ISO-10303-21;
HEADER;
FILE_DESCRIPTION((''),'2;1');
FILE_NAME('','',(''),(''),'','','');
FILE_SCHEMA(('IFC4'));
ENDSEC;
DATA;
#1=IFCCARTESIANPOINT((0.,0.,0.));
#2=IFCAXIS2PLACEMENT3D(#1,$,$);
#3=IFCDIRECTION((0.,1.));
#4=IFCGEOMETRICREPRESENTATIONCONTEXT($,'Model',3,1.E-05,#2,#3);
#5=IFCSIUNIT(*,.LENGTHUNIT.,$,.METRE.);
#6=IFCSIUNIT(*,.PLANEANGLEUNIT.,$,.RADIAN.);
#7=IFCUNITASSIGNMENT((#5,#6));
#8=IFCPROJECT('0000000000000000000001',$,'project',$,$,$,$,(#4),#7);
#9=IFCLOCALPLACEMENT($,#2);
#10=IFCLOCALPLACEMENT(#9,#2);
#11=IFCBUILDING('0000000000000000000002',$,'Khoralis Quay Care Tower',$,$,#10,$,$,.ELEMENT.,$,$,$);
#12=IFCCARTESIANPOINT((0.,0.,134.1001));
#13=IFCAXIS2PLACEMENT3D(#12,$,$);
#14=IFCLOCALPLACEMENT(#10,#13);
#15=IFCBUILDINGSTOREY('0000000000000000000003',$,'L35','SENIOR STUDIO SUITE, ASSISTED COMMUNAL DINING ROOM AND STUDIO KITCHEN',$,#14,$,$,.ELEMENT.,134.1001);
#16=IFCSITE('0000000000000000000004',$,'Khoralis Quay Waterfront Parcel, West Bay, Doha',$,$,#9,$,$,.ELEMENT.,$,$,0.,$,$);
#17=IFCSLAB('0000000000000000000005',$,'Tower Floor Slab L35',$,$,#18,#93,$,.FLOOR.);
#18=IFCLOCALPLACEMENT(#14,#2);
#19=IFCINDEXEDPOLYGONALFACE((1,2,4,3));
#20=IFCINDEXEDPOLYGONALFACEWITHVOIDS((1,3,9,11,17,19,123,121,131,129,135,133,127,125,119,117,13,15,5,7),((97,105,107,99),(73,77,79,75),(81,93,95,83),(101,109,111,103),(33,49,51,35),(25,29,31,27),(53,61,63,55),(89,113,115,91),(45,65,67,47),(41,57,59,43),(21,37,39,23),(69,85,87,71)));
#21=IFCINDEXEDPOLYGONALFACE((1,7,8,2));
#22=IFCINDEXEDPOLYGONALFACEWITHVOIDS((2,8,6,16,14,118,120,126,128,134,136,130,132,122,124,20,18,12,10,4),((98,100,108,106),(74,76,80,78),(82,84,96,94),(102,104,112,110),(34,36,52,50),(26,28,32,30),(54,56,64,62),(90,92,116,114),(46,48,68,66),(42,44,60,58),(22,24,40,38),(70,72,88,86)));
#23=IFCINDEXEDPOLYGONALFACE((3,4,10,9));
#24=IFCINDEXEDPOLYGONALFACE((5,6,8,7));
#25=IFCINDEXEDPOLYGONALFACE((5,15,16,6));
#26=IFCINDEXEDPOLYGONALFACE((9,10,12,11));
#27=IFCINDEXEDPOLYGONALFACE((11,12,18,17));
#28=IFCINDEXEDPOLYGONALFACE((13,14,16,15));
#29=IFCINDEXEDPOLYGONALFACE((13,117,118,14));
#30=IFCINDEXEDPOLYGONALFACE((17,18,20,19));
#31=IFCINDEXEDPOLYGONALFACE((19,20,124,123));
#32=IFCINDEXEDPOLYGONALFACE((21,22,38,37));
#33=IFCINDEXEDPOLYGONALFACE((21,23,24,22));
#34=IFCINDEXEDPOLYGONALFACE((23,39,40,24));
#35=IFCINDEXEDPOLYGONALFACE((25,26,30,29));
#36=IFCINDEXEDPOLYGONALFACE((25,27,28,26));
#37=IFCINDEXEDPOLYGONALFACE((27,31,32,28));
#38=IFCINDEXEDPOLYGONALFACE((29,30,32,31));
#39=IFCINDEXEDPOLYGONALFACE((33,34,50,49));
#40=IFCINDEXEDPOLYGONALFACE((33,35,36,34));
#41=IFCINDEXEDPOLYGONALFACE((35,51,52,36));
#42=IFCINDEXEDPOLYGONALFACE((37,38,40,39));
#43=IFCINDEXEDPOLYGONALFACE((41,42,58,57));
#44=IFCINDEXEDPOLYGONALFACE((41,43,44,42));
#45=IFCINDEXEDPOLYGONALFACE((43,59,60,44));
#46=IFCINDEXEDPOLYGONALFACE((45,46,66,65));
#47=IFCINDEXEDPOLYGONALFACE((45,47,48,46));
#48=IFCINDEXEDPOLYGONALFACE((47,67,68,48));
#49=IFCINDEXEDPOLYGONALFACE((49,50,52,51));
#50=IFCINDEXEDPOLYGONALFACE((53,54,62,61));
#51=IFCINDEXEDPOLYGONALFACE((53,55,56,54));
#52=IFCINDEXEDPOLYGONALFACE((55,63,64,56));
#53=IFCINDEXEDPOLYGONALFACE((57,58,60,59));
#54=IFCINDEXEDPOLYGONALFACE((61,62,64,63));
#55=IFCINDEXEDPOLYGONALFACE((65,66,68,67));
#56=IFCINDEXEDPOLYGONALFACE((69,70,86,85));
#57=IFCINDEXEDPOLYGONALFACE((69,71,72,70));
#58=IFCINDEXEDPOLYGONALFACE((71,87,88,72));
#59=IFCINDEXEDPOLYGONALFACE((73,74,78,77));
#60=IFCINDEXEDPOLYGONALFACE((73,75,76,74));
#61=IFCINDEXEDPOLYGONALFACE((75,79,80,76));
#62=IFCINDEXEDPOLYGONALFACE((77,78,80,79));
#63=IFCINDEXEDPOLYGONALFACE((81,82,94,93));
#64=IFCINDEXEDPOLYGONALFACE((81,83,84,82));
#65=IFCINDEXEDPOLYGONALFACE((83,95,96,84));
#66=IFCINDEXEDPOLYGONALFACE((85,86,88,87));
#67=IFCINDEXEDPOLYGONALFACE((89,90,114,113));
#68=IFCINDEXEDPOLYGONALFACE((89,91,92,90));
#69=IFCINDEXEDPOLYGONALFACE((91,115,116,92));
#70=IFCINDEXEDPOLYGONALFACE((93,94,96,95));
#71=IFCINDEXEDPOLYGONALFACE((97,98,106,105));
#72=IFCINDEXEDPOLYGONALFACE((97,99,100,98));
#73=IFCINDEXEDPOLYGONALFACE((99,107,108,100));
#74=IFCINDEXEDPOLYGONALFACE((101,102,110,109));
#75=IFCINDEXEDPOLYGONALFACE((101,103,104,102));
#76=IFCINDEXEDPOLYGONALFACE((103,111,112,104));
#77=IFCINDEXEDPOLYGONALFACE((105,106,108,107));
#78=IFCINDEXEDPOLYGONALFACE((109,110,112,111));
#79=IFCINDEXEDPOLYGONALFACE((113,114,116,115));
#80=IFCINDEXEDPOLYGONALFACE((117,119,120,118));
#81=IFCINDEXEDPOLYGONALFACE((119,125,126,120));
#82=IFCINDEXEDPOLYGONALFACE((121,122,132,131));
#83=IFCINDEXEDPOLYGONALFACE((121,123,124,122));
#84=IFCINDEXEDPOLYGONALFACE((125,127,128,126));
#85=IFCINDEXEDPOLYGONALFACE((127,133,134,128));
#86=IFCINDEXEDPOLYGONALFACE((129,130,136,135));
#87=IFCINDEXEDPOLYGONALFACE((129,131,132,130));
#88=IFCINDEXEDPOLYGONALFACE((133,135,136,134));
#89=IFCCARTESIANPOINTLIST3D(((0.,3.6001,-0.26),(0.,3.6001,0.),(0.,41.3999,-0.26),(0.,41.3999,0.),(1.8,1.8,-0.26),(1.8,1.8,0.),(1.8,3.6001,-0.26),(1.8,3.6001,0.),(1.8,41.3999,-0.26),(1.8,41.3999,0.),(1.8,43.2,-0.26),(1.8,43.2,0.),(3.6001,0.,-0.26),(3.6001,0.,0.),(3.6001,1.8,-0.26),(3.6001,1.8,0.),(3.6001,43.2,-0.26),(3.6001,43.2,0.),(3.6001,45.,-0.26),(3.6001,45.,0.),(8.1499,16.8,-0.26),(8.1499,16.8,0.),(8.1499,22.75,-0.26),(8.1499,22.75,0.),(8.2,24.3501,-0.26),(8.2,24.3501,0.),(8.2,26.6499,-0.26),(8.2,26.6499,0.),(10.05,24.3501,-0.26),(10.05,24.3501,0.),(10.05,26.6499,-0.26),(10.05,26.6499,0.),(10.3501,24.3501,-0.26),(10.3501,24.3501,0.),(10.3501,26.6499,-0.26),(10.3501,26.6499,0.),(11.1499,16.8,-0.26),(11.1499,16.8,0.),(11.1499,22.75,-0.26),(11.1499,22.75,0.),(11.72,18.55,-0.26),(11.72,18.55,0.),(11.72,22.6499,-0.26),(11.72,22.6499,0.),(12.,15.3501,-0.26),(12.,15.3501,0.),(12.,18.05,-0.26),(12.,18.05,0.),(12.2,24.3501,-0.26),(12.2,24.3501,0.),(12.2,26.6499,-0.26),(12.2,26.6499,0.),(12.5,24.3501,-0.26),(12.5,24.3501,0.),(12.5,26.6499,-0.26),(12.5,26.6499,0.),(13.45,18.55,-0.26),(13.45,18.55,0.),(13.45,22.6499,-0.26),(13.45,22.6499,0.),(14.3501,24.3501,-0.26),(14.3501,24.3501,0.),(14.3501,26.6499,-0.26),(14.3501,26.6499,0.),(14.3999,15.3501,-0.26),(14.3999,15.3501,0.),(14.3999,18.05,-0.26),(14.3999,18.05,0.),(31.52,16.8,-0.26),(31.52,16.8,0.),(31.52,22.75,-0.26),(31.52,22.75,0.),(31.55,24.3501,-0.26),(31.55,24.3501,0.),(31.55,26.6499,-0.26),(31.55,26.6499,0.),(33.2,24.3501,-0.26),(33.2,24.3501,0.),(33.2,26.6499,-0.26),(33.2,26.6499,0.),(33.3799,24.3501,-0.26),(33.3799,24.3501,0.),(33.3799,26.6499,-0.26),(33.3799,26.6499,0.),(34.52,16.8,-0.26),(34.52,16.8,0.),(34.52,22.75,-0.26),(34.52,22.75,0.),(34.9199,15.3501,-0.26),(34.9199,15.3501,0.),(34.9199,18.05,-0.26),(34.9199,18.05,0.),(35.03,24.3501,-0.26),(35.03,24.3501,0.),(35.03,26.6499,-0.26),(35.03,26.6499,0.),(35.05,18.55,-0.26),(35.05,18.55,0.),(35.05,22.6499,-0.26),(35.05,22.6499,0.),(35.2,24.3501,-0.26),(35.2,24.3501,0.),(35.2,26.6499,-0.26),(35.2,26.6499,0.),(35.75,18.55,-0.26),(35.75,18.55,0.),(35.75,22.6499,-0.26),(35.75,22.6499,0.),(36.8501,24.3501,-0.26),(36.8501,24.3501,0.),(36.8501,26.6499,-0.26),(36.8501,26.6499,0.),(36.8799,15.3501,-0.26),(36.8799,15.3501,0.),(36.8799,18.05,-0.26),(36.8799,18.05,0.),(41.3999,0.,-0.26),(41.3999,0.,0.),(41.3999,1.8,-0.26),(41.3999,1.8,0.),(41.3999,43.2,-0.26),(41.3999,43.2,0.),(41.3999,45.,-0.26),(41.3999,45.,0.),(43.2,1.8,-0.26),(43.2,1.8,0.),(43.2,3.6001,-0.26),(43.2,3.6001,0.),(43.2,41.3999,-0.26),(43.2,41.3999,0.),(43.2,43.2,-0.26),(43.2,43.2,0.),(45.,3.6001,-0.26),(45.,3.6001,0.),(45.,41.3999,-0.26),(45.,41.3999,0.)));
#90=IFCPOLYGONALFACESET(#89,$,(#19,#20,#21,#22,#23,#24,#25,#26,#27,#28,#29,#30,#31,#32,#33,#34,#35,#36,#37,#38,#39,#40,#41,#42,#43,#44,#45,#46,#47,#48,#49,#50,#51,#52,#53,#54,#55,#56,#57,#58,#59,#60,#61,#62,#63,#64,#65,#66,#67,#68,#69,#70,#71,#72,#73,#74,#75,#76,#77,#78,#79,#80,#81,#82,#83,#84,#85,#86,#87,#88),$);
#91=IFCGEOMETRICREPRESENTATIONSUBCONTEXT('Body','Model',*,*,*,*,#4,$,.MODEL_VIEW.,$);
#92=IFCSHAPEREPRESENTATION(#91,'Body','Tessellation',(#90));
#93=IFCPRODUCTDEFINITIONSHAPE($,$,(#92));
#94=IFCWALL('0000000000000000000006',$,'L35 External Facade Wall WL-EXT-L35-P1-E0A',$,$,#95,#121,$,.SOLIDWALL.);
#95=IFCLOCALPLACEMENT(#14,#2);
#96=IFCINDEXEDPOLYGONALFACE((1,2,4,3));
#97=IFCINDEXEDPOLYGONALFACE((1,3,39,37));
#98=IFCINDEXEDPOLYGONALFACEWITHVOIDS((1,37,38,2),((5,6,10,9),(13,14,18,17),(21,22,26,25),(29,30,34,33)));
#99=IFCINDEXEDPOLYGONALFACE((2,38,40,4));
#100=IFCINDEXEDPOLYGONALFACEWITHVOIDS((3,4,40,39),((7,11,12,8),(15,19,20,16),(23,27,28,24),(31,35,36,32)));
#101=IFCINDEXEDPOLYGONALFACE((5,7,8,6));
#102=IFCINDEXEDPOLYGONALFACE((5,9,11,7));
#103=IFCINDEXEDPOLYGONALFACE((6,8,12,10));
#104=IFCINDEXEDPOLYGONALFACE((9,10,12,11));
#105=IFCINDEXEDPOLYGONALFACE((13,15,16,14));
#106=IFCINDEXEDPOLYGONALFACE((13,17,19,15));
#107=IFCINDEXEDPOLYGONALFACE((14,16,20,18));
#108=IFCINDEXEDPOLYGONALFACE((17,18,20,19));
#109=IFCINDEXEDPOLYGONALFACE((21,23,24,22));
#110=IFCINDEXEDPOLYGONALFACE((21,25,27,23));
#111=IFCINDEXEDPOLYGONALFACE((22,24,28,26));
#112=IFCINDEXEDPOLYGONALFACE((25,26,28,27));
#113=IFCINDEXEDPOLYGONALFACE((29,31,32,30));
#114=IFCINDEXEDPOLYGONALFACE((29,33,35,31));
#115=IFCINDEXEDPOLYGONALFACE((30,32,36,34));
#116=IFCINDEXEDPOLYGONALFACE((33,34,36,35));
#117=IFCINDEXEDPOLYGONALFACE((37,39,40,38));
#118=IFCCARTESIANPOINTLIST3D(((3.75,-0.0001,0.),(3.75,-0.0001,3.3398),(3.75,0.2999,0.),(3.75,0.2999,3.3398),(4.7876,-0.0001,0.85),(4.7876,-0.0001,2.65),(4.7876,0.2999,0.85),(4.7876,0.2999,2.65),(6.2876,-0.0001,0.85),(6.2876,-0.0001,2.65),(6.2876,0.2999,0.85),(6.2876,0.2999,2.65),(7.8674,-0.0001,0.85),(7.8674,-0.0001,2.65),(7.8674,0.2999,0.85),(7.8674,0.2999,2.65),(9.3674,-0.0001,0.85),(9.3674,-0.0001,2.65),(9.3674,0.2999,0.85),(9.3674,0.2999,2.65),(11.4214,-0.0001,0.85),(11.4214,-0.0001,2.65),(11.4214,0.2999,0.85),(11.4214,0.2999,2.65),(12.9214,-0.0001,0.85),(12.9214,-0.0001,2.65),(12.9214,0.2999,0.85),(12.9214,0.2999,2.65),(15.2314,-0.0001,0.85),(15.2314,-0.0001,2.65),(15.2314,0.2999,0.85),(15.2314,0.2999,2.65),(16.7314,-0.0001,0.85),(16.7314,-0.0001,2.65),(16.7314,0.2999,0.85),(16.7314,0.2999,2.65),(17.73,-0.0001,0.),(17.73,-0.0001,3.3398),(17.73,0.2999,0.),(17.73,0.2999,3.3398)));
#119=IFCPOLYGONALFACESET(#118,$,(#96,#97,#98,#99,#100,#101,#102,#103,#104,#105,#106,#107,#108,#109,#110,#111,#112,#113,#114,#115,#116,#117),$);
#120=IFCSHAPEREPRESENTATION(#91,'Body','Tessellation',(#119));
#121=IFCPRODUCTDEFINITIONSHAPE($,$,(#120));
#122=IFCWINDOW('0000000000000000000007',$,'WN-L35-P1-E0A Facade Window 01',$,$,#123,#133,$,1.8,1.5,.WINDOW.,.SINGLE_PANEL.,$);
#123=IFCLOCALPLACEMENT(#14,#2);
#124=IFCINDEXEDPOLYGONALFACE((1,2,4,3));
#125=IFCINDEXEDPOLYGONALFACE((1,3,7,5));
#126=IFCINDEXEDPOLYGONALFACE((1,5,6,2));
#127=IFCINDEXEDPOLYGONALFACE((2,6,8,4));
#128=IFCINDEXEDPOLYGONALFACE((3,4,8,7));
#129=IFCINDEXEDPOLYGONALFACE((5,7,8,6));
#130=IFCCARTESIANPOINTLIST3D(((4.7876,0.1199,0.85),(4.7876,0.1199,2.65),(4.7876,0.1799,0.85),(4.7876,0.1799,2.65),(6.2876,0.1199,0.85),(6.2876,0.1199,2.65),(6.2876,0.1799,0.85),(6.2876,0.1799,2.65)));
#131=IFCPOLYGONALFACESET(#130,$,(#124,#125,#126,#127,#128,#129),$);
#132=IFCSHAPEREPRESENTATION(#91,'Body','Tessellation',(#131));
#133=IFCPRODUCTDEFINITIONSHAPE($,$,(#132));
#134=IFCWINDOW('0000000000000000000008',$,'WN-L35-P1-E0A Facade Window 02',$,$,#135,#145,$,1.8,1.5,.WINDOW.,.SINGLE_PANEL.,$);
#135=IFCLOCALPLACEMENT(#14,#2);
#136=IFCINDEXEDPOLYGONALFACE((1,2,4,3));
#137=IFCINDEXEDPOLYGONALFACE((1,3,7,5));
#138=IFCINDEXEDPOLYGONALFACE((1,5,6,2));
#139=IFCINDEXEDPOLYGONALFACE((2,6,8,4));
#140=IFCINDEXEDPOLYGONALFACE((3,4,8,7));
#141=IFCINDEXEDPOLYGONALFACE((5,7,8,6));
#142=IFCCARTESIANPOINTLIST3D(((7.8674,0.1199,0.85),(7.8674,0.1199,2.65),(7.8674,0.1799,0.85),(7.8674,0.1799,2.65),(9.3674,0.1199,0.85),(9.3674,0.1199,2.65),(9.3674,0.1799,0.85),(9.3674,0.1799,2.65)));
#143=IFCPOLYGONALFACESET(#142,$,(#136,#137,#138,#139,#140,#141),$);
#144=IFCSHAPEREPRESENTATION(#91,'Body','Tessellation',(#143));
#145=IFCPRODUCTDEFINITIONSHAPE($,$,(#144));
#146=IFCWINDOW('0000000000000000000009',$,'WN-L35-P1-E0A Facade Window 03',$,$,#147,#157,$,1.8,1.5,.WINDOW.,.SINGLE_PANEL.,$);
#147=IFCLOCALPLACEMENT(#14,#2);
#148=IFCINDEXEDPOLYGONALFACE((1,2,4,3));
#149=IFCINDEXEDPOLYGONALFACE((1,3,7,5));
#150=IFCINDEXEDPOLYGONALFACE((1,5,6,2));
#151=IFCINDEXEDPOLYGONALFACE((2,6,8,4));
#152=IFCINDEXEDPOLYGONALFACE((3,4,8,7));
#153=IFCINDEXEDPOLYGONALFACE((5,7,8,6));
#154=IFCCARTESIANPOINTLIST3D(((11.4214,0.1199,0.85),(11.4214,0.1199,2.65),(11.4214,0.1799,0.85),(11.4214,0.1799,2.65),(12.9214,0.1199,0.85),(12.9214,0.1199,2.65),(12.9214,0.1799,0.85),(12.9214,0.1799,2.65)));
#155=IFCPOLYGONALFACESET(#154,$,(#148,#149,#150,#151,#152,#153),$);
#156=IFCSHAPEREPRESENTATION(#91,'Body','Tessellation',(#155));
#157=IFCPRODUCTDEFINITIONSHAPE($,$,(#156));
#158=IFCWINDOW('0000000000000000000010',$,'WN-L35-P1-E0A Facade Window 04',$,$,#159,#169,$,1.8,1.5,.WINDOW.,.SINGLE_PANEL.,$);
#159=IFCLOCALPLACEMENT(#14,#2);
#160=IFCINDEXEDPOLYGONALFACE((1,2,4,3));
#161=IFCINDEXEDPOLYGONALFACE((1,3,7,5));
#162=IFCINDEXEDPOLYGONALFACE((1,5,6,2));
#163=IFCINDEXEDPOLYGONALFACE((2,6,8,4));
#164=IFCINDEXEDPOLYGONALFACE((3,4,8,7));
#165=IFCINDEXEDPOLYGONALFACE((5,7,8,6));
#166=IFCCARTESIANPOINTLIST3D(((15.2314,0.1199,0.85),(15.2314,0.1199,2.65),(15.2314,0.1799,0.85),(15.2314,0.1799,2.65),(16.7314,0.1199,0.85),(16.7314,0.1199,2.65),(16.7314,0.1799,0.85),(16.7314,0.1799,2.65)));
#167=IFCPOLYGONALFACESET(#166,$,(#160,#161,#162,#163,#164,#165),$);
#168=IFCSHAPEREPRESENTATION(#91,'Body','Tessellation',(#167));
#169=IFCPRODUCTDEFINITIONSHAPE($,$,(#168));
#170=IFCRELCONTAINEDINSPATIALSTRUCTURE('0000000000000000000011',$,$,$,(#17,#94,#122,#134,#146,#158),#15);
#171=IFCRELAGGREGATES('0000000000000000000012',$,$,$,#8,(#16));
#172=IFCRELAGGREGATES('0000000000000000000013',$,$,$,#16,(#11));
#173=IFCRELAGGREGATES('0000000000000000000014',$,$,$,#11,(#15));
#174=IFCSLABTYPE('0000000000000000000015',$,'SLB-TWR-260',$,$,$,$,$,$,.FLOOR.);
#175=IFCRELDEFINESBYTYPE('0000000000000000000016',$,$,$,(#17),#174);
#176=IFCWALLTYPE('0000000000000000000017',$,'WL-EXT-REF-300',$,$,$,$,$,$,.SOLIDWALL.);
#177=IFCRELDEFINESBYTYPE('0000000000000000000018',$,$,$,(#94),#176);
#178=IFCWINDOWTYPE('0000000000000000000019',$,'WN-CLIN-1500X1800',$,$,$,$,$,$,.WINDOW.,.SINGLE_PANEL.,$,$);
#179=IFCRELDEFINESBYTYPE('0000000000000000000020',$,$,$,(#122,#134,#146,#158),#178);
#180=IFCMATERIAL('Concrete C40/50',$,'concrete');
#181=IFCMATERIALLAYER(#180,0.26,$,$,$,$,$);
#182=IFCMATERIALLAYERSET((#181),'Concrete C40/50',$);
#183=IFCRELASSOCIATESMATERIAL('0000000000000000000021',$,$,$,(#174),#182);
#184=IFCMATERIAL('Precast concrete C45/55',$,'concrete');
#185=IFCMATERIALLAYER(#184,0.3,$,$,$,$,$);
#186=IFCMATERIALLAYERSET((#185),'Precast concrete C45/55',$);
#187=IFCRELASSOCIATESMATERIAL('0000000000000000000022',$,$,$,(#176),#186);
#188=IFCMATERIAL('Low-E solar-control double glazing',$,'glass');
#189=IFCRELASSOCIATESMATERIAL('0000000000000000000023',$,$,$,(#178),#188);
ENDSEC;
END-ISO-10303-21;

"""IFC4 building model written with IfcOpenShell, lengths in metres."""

from ifc_helpers import new_model, si_unit, direction, frame, frame_2d, origin, place, context, subcontext, project, spatial, polyline, rectangle, outline, extrude, source, transform, mapped, material, layer, layer_set, type_object, element, fill, save


model = new_model("IFC4")

# Units and contexts
model_context = context("Model", 3, precision=1e-05, world=origin(), true_north=direction((0.0, 1.0)))
body_context = subcontext(model_context, "Body", "Model", "MODEL_VIEW")
ifc_project = project(units=[si_unit("LENGTHUNIT", "METRE"), si_unit("PLANEANGLEUNIT", "RADIAN")], contexts=[model_context])

# Site, building, storey
site_placement = place(None, origin())
site = spatial("IfcSite", under=ifc_project, at=site_placement, Name="Khoralis Quay Waterfront Parcel, West Bay, Doha", CompositionType="ELEMENT", RefElevation=0.0)
building_placement = place(site_placement, origin())
building = spatial("IfcBuilding", under=site, at=building_placement, Name="Khoralis Quay Care Tower", CompositionType="ELEMENT")
storey_placement = place(building_placement, frame((0.0, 0.0, 134.1001)))
storey = spatial("IfcBuildingStorey", under=building, at=storey_placement, Name="L35", Description="SENIOR STUDIO SUITE, ASSISTED COMMUNAL DINING ROOM AND STUDIO KITCHEN", CompositionType="ELEMENT", Elevation=134.1001)

# Shared definitions
ifc_material_1 = material(Name="Precast concrete C45/55", Category="concrete")

# Slab
ifc_material_2 = material(Name="Concrete C40/50", Category="concrete")
ifc_layer_1 = layer(ifc_material_2, 0.26)
ifc_layer_set_1 = layer_set([ifc_layer_1], Name="Concrete C40/50")
slab_type_1 = type_object("IfcSlabType", Name="SLB-TWR-260", PredefinedType="FLOOR", material=ifc_layer_set_1)
slab_1_placement = place(storey_placement, frame((0.0, 0.0, -0.26)))
element("IfcSlab", 1, at=slab_1_placement, inside=storey, type_object=slab_type_1, Name="Tower Floor Slab L35", PredefinedType="FLOOR", context=body_context, shape_type="SweptSolid", body=[
    extrude(outline(polyline([(3.6001, 0.0), (41.3999, 0.0), (41.3999, 1.8), (43.2, 1.8), (43.2, 3.6001), (45.0, 3.6001), (45.0, 41.3999), (43.2, 41.3999), (43.2, 43.2), (41.3999, 43.2), (41.3999, 45.0), (3.6001, 45.0), (3.6001, 43.2), (1.8, 43.2), (1.8, 41.3999), (0.0, 41.3999), (0.0, 3.6001), (1.8, 3.6001), (1.8, 1.8), (3.6001, 1.8), (3.6001, 0.0)]), holes=[polyline([(11.1499, 16.8), (11.1499, 22.75), (8.1499, 22.75), (8.1499, 16.8), (11.1499, 16.8)]), polyline([(34.52, 16.8), (34.52, 22.75), (31.52, 22.75), (31.52, 16.8), (34.52, 16.8)]), polyline([(12.0, 15.3501), (14.3999, 15.3501), (14.3999, 18.05), (12.0, 18.05), (12.0, 15.3501)]), polyline([(34.9199, 15.3501), (36.8799, 15.3501), (36.8799, 18.05), (34.9199, 18.05), (34.9199, 15.3501)]), polyline([(8.2, 24.3501), (10.05, 24.3501), (10.05, 26.6499), (8.2, 26.6499), (8.2, 24.3501)]), polyline([(31.55, 24.3501), (33.2, 24.3501), (33.2, 26.6499), (31.55, 26.6499), (31.55, 24.3501)]), polyline([(10.3501, 24.3501), (12.2, 24.3501), (12.2, 26.6499), (10.3501, 26.6499), (10.3501, 24.3501)]), polyline([(33.3799, 24.3501), (35.03, 24.3501), (35.03, 26.6499), (33.3799, 26.6499), (33.3799, 24.3501)]), polyline([(12.5, 24.3501), (14.3501, 24.3501), (14.3501, 26.6499), (12.5, 26.6499), (12.5, 24.3501)]), polyline([(35.2, 24.3501), (36.8501, 24.3501), (36.8501, 26.6499), (35.2, 26.6499), (35.2, 24.3501)]), polyline([(11.72, 18.55), (13.45, 18.55), (13.45, 22.6499), (11.72, 22.6499), (11.72, 18.55)]), polyline([(35.05, 18.55), (35.75, 18.55), (35.75, 22.6499), (35.05, 22.6499), (35.05, 18.55)])]), origin(), (0.0, 0.0, 1.0), 0.26),
])

# Wall, openings, windows
ifc_layer_2 = layer(ifc_material_1, 0.3)
ifc_layer_set_2 = layer_set([ifc_layer_2], Name="Precast concrete C45/55")
wall_type_1 = type_object("IfcWallType", Name="WL-EXT-REF-300", PredefinedType="SOLIDWALL", material=ifc_layer_set_2)
wall_1_placement = place(storey_placement, frame((3.75, 0.1499, 0.0), z_axis=(0.0, 0.0, 1.0), x_axis=(1.0, 0.0, 0.0)))
wall_1 = element("IfcWall", 2, at=wall_1_placement, inside=storey, type_object=wall_type_1, Name="L35 External Facade Wall WL-EXT-L35-P1-E0A", PredefinedType="SOLIDWALL", context=body_context, shape_type="SweptSolid", body=[
    extrude(rectangle(XDim=13.98, YDim=0.3, at=frame_2d((6.99, 0.0))), origin(), (0.0, 0.0, 1.0), 3.3398),
])
opening_1_placement = place(wall_1_placement, frame((1.0376, 0.0, 0.8501)))
opening_1 = element("IfcOpeningElement", 3, at=opening_1_placement, cuts=wall_1, PredefinedType="OPENING", context=body_context, shape_type="SweptSolid", body=[
    extrude(rectangle(XDim=1.5, YDim=1.8, at=frame_2d((0.75, 0.8999))), frame((0.0, 0.1602, 0.0), z_axis=(0.0, -1.0, 0.0), x_axis=(1.0, 0.0, 0.0)), (0.0, 0.0, 1.0), 0.3201),
])
opening_2_placement = place(wall_1_placement, frame((4.1174, 0.0, 0.8501)))
opening_2 = element("IfcOpeningElement", 4, at=opening_2_placement, cuts=wall_1, PredefinedType="OPENING", context=body_context, shape_type="SweptSolid", body=[
    extrude(rectangle(XDim=1.5, YDim=1.8, at=frame_2d((0.75, 0.8999))), frame((0.0, 0.1602, 0.0), z_axis=(0.0, -1.0, 0.0), x_axis=(1.0, 0.0, 0.0)), (0.0, 0.0, 1.0), 0.3201),
])
opening_3_placement = place(wall_1_placement, frame((7.6714, 0.0, 0.8501)))
opening_3 = element("IfcOpeningElement", 5, at=opening_3_placement, cuts=wall_1, PredefinedType="OPENING", context=body_context, shape_type="SweptSolid", body=[
    extrude(rectangle(XDim=1.5, YDim=1.8, at=frame_2d((0.75, 0.8999))), frame((0.0, 0.1602, 0.0), z_axis=(0.0, -1.0, 0.0), x_axis=(1.0, 0.0, 0.0)), (0.0, 0.0, 1.0), 0.3201),
])
opening_4_placement = place(wall_1_placement, frame((11.4814, 0.0, 0.8501)))
opening_4 = element("IfcOpeningElement", 6, at=opening_4_placement, cuts=wall_1, PredefinedType="OPENING", context=body_context, shape_type="SweptSolid", body=[
    extrude(rectangle(XDim=1.5, YDim=1.8, at=frame_2d((0.75, 0.8999))), frame((0.0, 0.1602, 0.0), z_axis=(0.0, -1.0, 0.0), x_axis=(1.0, 0.0, 0.0)), (0.0, 0.0, 1.0), 0.3201),
])
ifc_material_3 = material(Name="Low-E solar-control double glazing", Category="glass")
window_type = type_object("IfcWindowType", Name="WN-CLIN-1500X1800", PartitioningType="SINGLE_PANEL", PredefinedType="WINDOW", material=ifc_material_3)
shared_shape_1 = source(origin(), body_context, "Body", "SweptSolid", [
    extrude(rectangle(XDim=1.5, YDim=1.8, at=frame_2d((0.75, 0.8999))), frame((0.0, 0.03, 0.0), z_axis=(0.0, -1.0, 0.0), x_axis=(1.0, 0.0, 0.0)), (0.0, 0.0, 1.0), 0.0601),
])
window_1_placement = place(opening_1_placement, origin())
window_1 = element("IfcWindow", 7, at=window_1_placement, inside=storey, type_object=window_type, Name="WN-L35-P1-E0A Facade Window 01", OverallHeight=1.8, OverallWidth=1.5, PartitioningType="SINGLE_PANEL", PredefinedType="WINDOW", context=body_context, shape_type="MappedRepresentation", body=[
    mapped(shared_shape_1, transform((0.0, 0.0, 0.0), scale=1.0)),
])
fill(opening_1, window_1)
window_2_placement = place(opening_2_placement, origin())
window_2 = element("IfcWindow", 8, at=window_2_placement, inside=storey, type_object=window_type, Name="WN-L35-P1-E0A Facade Window 02", OverallHeight=1.8, OverallWidth=1.5, PartitioningType="SINGLE_PANEL", PredefinedType="WINDOW", context=body_context, shape_type="MappedRepresentation", body=[
    mapped(shared_shape_1, transform((0.0, 0.0, 0.0), scale=1.0)),
])
fill(opening_2, window_2)
window_3_placement = place(opening_3_placement, origin())
window_3 = element("IfcWindow", 9, at=window_3_placement, inside=storey, type_object=window_type, Name="WN-L35-P1-E0A Facade Window 03", OverallHeight=1.8, OverallWidth=1.5, PartitioningType="SINGLE_PANEL", PredefinedType="WINDOW", context=body_context, shape_type="MappedRepresentation", body=[
    mapped(shared_shape_1, transform((0.0, 0.0, 0.0), scale=1.0)),
])
fill(opening_3, window_3)
window_4_placement = place(opening_4_placement, origin())
window_4 = element("IfcWindow", 10, at=window_4_placement, inside=storey, type_object=window_type, Name="WN-L35-P1-E0A Facade Window 04", OverallHeight=1.8, OverallWidth=1.5, PartitioningType="SINGLE_PANEL", PredefinedType="WINDOW", context=body_context, shape_type="MappedRepresentation", body=[
    mapped(shared_shape_1, transform((0.0, 0.0, 0.0), scale=1.0)),
])
fill(opening_4, window_4)

save(model, "model.ifc")
